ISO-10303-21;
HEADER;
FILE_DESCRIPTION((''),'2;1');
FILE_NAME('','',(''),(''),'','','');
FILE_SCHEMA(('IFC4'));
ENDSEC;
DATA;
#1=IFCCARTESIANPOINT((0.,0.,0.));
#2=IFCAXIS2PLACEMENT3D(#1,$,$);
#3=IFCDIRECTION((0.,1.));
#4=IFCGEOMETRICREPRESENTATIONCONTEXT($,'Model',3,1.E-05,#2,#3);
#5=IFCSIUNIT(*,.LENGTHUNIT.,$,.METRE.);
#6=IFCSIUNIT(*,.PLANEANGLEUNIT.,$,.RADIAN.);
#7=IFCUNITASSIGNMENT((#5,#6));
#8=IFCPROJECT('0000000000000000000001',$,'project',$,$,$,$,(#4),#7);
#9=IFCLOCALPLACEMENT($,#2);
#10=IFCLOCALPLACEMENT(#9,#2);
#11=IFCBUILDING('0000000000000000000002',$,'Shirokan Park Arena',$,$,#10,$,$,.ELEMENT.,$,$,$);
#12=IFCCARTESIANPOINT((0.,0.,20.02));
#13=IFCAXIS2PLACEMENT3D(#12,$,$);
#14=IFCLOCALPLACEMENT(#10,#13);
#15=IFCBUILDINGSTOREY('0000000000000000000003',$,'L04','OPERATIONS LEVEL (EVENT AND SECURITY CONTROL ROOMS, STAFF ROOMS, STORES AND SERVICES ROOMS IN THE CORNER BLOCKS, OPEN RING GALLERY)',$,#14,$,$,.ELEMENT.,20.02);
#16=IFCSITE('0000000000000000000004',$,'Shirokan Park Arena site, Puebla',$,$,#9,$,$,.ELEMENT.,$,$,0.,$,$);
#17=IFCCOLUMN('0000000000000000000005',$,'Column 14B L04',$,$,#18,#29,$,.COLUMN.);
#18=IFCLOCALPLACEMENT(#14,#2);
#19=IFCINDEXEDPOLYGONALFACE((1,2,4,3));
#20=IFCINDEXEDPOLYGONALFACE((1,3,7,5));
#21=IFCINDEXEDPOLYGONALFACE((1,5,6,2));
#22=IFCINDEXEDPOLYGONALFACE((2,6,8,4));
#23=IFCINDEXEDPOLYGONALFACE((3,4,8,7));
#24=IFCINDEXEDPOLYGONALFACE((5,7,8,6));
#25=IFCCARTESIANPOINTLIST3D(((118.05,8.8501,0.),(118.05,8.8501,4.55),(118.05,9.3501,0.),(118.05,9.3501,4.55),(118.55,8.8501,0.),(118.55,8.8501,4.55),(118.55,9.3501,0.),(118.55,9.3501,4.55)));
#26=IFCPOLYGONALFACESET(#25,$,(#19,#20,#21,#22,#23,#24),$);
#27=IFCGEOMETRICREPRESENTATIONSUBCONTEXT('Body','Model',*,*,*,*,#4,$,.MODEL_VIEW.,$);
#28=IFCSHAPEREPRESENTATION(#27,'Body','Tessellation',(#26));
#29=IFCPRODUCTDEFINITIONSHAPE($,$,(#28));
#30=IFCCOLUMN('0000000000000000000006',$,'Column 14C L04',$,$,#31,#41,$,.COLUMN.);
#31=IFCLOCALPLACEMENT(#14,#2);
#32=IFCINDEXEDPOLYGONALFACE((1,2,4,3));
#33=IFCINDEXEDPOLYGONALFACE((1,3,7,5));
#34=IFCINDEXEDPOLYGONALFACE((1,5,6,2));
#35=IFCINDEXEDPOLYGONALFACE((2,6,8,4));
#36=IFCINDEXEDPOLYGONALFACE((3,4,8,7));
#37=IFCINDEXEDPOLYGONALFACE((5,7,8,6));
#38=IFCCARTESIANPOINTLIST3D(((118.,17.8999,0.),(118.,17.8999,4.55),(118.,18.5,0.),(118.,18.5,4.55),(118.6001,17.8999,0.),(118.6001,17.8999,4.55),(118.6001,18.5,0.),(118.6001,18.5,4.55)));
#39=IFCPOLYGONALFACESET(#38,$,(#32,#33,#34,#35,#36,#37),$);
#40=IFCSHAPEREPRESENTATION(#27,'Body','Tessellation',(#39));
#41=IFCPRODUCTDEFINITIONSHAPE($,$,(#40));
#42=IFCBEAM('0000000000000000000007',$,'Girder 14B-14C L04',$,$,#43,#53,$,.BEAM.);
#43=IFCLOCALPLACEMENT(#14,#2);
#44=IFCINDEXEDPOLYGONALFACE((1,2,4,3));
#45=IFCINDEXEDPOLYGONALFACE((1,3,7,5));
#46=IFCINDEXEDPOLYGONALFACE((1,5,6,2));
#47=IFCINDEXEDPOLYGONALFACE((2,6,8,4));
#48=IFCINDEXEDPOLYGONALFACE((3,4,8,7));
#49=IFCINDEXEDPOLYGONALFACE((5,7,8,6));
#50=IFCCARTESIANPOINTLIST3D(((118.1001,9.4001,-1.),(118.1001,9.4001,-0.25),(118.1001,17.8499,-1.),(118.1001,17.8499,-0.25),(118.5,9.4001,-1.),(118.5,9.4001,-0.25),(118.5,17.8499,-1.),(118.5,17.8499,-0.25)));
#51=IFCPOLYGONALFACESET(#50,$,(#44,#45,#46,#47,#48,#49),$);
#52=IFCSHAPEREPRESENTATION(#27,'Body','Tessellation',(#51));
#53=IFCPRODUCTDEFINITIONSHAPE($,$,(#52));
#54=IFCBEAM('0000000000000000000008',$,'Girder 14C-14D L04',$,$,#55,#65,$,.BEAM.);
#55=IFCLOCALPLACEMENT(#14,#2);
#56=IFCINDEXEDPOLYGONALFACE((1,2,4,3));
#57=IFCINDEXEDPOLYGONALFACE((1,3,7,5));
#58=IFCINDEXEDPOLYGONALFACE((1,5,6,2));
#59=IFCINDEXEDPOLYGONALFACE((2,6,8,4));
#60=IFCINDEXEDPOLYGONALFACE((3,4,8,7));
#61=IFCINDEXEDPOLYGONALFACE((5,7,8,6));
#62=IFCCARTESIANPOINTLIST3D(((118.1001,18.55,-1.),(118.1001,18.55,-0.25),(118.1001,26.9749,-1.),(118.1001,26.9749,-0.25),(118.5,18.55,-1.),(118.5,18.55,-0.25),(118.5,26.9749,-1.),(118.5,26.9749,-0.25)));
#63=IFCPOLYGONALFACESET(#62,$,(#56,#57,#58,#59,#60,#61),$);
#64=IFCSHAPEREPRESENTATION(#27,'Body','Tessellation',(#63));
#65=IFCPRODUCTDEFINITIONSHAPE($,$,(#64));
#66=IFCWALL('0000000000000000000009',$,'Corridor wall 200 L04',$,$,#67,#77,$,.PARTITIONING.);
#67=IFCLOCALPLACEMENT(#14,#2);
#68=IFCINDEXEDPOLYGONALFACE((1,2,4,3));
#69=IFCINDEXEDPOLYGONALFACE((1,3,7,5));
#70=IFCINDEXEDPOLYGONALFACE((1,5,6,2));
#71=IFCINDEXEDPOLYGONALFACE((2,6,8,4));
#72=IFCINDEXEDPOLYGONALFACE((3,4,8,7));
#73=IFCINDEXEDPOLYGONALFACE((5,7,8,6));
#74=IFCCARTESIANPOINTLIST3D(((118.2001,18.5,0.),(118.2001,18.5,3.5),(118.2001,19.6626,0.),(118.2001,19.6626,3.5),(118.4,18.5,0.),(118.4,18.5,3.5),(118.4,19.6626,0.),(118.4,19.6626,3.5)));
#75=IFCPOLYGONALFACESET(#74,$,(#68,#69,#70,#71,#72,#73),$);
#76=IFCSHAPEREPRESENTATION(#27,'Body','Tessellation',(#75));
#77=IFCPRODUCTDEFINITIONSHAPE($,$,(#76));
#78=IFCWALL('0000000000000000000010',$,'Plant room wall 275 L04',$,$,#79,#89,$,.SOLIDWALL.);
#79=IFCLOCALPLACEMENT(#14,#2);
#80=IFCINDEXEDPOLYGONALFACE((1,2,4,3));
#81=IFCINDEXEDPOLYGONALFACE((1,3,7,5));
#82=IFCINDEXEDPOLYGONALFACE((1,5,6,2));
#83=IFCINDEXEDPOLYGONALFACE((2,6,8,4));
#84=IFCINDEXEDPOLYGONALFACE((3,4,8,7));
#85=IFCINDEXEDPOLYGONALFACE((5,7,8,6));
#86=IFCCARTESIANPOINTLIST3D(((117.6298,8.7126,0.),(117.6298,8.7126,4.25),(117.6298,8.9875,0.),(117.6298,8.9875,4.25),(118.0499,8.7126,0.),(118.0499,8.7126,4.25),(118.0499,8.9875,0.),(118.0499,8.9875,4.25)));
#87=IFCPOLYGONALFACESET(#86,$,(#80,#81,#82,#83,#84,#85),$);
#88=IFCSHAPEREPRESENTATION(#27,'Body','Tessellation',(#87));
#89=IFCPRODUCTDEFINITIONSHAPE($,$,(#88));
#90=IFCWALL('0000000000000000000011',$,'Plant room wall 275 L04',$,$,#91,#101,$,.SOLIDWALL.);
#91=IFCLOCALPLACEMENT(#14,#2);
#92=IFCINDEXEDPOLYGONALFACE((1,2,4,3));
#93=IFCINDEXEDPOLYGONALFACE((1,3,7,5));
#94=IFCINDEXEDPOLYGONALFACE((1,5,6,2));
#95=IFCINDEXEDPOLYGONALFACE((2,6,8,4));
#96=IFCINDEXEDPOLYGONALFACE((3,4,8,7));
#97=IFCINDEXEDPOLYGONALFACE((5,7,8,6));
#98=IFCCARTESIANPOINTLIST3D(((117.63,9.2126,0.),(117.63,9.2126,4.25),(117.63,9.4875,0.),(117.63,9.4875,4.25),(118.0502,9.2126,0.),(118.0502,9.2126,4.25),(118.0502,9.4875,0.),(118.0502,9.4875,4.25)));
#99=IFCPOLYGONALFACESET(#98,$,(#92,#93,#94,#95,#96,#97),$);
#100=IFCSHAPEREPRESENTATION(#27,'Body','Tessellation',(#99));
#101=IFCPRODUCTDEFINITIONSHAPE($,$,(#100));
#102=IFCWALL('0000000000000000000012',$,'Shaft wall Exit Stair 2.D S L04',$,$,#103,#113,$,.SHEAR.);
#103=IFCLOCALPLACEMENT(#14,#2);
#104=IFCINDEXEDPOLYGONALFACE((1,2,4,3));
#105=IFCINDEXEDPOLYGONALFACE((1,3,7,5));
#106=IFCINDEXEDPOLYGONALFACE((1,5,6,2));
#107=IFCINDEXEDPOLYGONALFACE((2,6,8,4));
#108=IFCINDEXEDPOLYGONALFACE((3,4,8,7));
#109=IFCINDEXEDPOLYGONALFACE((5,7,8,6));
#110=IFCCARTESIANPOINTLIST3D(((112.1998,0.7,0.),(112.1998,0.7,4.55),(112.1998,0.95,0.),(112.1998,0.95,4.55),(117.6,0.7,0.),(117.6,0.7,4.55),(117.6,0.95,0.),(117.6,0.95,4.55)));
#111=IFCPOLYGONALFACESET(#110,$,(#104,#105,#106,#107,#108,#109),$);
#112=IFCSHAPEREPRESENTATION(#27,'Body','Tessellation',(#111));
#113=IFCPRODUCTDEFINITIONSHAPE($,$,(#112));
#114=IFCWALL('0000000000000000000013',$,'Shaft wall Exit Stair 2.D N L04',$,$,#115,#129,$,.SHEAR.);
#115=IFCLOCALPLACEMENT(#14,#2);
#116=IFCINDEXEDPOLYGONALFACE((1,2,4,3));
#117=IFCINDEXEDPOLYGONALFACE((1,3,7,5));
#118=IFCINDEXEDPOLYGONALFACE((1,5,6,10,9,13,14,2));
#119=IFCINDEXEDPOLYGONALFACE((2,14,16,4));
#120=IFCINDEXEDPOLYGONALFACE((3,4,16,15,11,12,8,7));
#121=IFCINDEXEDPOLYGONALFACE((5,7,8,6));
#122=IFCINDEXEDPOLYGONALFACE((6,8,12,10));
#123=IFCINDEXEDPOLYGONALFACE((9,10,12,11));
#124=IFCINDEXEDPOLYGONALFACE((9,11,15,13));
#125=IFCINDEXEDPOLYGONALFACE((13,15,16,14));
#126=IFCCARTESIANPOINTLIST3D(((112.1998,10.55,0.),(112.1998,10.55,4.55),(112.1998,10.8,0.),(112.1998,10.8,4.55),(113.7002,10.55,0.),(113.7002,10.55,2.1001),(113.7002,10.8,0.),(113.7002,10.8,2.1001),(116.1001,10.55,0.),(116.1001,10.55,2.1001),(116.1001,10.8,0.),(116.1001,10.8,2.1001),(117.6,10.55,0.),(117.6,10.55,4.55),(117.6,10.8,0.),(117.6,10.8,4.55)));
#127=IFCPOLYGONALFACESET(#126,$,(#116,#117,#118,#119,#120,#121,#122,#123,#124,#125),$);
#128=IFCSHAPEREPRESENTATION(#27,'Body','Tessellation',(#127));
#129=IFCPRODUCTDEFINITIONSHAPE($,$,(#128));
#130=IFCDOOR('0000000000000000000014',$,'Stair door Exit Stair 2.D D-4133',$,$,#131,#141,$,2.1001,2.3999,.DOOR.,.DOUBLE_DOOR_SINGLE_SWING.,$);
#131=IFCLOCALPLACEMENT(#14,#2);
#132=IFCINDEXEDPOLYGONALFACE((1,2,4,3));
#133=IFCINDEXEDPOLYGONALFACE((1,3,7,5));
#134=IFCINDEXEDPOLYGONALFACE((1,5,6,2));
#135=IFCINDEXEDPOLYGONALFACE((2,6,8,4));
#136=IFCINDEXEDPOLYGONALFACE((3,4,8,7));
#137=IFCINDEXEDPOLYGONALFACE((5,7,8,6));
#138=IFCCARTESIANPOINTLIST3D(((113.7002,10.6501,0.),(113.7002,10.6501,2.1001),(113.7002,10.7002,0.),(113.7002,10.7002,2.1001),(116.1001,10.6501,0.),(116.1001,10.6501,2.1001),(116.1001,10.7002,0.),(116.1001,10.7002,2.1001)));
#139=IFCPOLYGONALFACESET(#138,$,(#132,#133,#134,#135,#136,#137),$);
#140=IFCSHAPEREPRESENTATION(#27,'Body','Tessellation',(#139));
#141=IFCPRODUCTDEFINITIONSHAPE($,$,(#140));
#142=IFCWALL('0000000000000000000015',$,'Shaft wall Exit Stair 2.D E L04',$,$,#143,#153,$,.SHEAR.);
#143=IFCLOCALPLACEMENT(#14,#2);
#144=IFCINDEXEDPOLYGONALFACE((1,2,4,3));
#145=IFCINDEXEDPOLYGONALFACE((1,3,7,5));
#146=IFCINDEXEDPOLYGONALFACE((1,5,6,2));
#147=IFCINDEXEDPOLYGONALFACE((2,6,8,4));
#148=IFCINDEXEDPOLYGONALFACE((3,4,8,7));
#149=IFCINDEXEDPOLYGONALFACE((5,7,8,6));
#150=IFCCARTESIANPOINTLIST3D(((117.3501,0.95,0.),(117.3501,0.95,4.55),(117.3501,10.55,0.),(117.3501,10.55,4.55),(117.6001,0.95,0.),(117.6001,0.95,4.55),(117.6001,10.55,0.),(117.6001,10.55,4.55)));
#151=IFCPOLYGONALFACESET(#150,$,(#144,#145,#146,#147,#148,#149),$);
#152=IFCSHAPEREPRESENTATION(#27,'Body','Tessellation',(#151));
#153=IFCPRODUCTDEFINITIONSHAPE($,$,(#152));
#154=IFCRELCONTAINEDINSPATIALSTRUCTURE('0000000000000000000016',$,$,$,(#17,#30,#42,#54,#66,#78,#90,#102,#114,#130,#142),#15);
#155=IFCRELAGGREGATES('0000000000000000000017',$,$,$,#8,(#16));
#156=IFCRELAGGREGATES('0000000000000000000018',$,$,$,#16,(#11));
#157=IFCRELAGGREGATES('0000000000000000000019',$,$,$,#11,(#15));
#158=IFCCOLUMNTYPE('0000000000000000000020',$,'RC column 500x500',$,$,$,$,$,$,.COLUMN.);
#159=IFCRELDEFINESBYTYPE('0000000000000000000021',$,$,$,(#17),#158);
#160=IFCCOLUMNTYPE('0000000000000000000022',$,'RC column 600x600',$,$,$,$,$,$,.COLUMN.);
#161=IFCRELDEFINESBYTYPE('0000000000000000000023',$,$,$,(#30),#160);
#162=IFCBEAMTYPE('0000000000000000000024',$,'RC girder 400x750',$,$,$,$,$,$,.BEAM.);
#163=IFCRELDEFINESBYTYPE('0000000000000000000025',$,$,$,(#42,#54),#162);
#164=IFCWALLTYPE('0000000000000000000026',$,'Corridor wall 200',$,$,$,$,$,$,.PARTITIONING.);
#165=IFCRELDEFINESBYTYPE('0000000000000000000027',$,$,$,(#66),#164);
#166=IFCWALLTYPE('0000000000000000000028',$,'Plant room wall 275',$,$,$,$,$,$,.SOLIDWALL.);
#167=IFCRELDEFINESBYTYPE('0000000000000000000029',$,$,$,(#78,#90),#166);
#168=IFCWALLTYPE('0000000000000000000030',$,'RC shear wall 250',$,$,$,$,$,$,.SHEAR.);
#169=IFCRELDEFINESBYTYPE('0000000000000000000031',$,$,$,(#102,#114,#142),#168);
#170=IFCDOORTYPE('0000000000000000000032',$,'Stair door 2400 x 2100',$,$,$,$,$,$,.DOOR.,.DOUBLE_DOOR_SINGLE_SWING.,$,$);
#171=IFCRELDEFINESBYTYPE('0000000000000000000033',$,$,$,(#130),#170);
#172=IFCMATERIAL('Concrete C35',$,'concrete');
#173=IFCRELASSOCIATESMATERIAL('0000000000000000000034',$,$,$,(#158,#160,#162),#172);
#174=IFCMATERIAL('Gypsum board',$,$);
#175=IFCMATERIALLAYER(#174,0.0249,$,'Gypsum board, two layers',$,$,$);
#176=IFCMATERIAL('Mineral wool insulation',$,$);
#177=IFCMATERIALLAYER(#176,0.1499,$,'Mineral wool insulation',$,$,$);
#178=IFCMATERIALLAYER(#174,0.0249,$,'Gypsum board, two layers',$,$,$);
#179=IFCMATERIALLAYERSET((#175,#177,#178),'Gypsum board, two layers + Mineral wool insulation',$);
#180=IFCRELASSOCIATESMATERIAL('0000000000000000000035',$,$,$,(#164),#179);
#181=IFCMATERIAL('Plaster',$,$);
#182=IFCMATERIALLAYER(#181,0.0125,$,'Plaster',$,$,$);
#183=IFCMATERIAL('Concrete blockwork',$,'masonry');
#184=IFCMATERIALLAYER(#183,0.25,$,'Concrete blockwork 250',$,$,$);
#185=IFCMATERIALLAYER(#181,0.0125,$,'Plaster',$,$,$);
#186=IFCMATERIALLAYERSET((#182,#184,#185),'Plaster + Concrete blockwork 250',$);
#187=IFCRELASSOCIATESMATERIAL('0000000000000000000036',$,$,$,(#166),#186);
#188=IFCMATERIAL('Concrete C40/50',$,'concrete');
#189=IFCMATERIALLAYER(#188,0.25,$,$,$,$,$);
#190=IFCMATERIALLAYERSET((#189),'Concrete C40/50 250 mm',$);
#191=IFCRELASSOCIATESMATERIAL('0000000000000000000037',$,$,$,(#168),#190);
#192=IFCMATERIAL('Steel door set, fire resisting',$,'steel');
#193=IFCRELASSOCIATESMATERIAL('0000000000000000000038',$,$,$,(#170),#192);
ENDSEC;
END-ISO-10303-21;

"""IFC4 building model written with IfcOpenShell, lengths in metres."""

from ifc_helpers import new_model, si_unit, direction, frame, frame_2d, origin, origin_2d, place, context, subcontext, project, spatial, rectangle, extrude, material, layer, layer_set, material_profile, profile_set, type_object, element, fill, save


model = new_model("IFC4")

# Units and contexts
model_context = context("Model", 3, precision=1e-05, world=origin(), true_north=direction((0.0, 1.0)))
body_context = subcontext(model_context, "Body", "Model", "MODEL_VIEW")
ifc_project = project(units=[si_unit("LENGTHUNIT", "METRE"), si_unit("PLANEANGLEUNIT", "RADIAN")], contexts=[model_context])

# Site, building, storey
site_placement = place(None, origin())
site = spatial("IfcSite", under=ifc_project, at=site_placement, Name="Shirokan Park Arena site, Puebla", CompositionType="ELEMENT", RefElevation=0.0)
building_placement = place(site_placement, origin())
building = spatial("IfcBuilding", under=site, at=building_placement, Name="Shirokan Park Arena", CompositionType="ELEMENT")
storey_placement = place(building_placement, frame((0.0, 0.0, 20.02)))
storey = spatial("IfcBuildingStorey", under=building, at=storey_placement, Name="L04", Description="OPERATIONS LEVEL (EVENT AND SECURITY CONTROL ROOMS, STAFF ROOMS, STORES AND SERVICES ROOMS IN THE CORNER BLOCKS, OPEN RING GALLERY)", CompositionType="ELEMENT", Elevation=20.02)

# Columns
ifc_material_1 = material(Name="Concrete C35", Category="concrete")
ifc_material_profile_1 = material_profile(ifc_material_1, rectangle(XDim=0.5, YDim=0.5, at=origin_2d()), Name="500x500")
ifc_profile_set_1 = profile_set([ifc_material_profile_1], Name="Concrete C35")
column_type_1 = type_object("IfcColumnType", Name="RC column 500x500", PredefinedType="COLUMN", material=ifc_profile_set_1)
column_1_placement = place(storey_placement, frame((118.3, 9.1001, 0.0), z_axis=(0.0, 0.0, 1.0), x_axis=(1.0, 0.0, 0.0)))
element("IfcColumn", 1, at=column_1_placement, inside=storey, type_object=column_type_1, Name="Column 14B L04", PredefinedType="COLUMN", context=body_context, shape_type="SweptSolid", body=[
    extrude(rectangle(XDim=0.5, YDim=0.5, at=origin_2d()), origin(), (0.0, 0.0, 1.0), 4.55),
])
ifc_material_profile_2 = material_profile(ifc_material_1, rectangle(XDim=0.6001, YDim=0.6001, at=origin_2d()), Name="600x600")
ifc_profile_set_2 = profile_set([ifc_material_profile_2], Name="Concrete C35")
column_type_2 = type_object("IfcColumnType", Name="RC column 600x600", PredefinedType="COLUMN", material=ifc_profile_set_2)
column_2_placement = place(storey_placement, frame((118.3, 18.2, 0.0), z_axis=(0.0, 0.0, 1.0), x_axis=(1.0, 0.0, 0.0)))
element("IfcColumn", 2, at=column_2_placement, inside=storey, type_object=column_type_2, Name="Column 14C L04", PredefinedType="COLUMN", context=body_context, shape_type="SweptSolid", body=[
    extrude(rectangle(XDim=0.6001, YDim=0.6001, at=origin_2d()), origin(), (0.0, 0.0, 1.0), 4.55),
])

# Beams
ifc_material_profile_3 = material_profile(ifc_material_1, rectangle(XDim=0.3999, YDim=0.75, at=origin_2d()), Name="400x750")
ifc_profile_set_3 = profile_set([ifc_material_profile_3], Name="Concrete C35")
beam_type = type_object("IfcBeamType", Name="RC girder 400x750", PredefinedType="BEAM", material=ifc_profile_set_3)
beam_1_placement = place(storey_placement, frame((118.3, 9.4001, -0.625), z_axis=(0.0, 1.0, 0.0), x_axis=(-1.0, 0.0, 0.0)))
element("IfcBeam", 3, at=beam_1_placement, inside=storey, type_object=beam_type, Name="Girder 14B-14C L04", PredefinedType="BEAM", context=body_context, shape_type="SweptSolid", body=[
    extrude(rectangle(XDim=0.3999, YDim=0.75, at=origin_2d()), origin(), (0.0, 0.0, 1.0), 8.4497),
])
beam_2_placement = place(storey_placement, frame((118.3, 18.55, -0.625), z_axis=(0.0, 1.0, 0.0), x_axis=(-1.0, 0.0, 0.0)))
element("IfcBeam", 4, at=beam_2_placement, inside=storey, type_object=beam_type, Name="Girder 14C-14D L04", PredefinedType="BEAM", context=body_context, shape_type="SweptSolid", body=[
    extrude(rectangle(XDim=0.3999, YDim=0.75, at=origin_2d()), origin(), (0.0, 0.0, 1.0), 8.4248),
])

# Shared definitions
ifc_material_2 = material(Name="Gypsum board")
ifc_layer_1 = layer(ifc_material_2, 0.0249, Name="Gypsum board, two layers")
ifc_material_3 = material(Name="Mineral wool insulation")
ifc_layer_2 = layer(ifc_material_3, 0.1499, Name="Mineral wool insulation")
ifc_layer_3 = layer(ifc_material_2, 0.0249, Name="Gypsum board, two layers")
ifc_layer_set_1 = layer_set([ifc_layer_1, ifc_layer_2, ifc_layer_3], Name="Gypsum board, two layers + Mineral wool insulation")
wall_type_1 = type_object("IfcWallType", Name="Corridor wall 200", PredefinedType="PARTITIONING", material=ifc_layer_set_1)

# Wall
wall_1_placement = place(storey_placement, frame((118.3, 18.5, 0.0), z_axis=(0.0, 0.0, 1.0), x_axis=(0.0, 1.0, 0.0)))
element("IfcWall", 5, at=wall_1_placement, inside=storey, type_object=wall_type_1, Name="Corridor wall 200 L04", PredefinedType="PARTITIONING", context=body_context, shape_type="SweptSolid", body=[
    extrude(rectangle(XDim=1.1626, YDim=0.2, at=frame_2d((0.5813, 0.0))), origin(), (0.0, 0.0, 1.0), 3.5),
])

# Shared definitions
ifc_material_4 = material(Name="Plaster")
ifc_layer_4 = layer(ifc_material_4, 0.0125, Name="Plaster")
ifc_material_5 = material(Name="Concrete blockwork", Category="masonry")
ifc_layer_5 = layer(ifc_material_5, 0.25, Name="Concrete blockwork 250")
ifc_layer_6 = layer(ifc_material_4, 0.0125, Name="Plaster")
ifc_layer_set_2 = layer_set([ifc_layer_4, ifc_layer_5, ifc_layer_6], Name="Plaster + Concrete blockwork 250")
wall_type_2 = type_object("IfcWallType", Name="Plant room wall 275", PredefinedType="SOLIDWALL", material=ifc_layer_set_2)

# Walls
for number, where, z_axis, x_axis, name in (
    (6, (117.6299, 8.8501, 0.0), (0.0, 0.0, 1.0), (1.0, 0.0, 0.0), "Plant room wall 275 L04"),
    (7, (118.05, 9.3501, 0.0), (0.0, 0.0, 1.0), (-1.0, 0.0, 0.0), "Plant room wall 275 L04"),
):
    element("IfcWall", number, at=place(storey_placement, frame(where, z_axis=z_axis, x_axis=x_axis)), inside=storey, type_object=wall_type_2, Name=name, PredefinedType="SOLIDWALL", context=body_context, shape_type="SweptSolid", body=[
        extrude(rectangle(XDim=0.4202, YDim=0.2749, at=frame_2d((0.21, 0.0))), origin(), (0.0, 0.0, 1.0), 4.25),
    ])

# Wall
ifc_material_6 = material(Name="Concrete C40/50", Category="concrete")
ifc_layer_7 = layer(ifc_material_6, 0.25)
ifc_layer_set_3 = layer_set([ifc_layer_7], Name="Concrete C40/50 250 mm")
wall_type_3 = type_object("IfcWallType", Name="RC shear wall 250", PredefinedType="SHEAR", material=ifc_layer_set_3)
wall_2_placement = place(storey_placement, frame((117.6001, 0.825, 0.0), z_axis=(0.0, 0.0, 1.0), x_axis=(-1.0, 0.0, 0.0)))
element("IfcWall", 8, at=wall_2_placement, inside=storey, type_object=wall_type_3, Name="Shaft wall Exit Stair 2.D S L04", PredefinedType="SHEAR", context=body_context, shape_type="SweptSolid", body=[
    extrude(rectangle(XDim=5.4001, YDim=0.25, at=frame_2d((2.7002, 0.0))), origin(), (0.0, 0.0, 1.0), 4.55),
])

# Wall, opening, door
wall_3_placement = place(storey_placement, frame((117.6001, 10.675, 0.0), z_axis=(0.0, 0.0, 1.0), x_axis=(-1.0, 0.0, 0.0)))
wall_3 = element("IfcWall", 9, at=wall_3_placement, inside=storey, type_object=wall_type_3, Name="Shaft wall Exit Stair 2.D N L04", PredefinedType="SHEAR", context=body_context, shape_type="SweptSolid", body=[
    extrude(rectangle(XDim=5.4001, YDim=0.25, at=frame_2d((2.7002, 0.0))), origin(), (0.0, 0.0, 1.0), 4.55),
])
opening_1_placement = place(wall_3_placement, frame((1.5, 0.0, 0.0)))
opening_1 = element("IfcOpeningElement", 10, at=opening_1_placement, cuts=wall_3, PredefinedType="OPENING", context=body_context, shape_type="SweptSolid", body=[
    extrude(rectangle(XDim=2.3999, YDim=2.1001, at=frame_2d((1.2, 1.05))), frame((0.0, 0.135, 0.0), z_axis=(0.0, -1.0, 0.0), x_axis=(1.0, 0.0, 0.0)), (0.0, 0.0, 1.0), 0.27),
])
ifc_material_7 = material(Name="Steel door set, fire resisting", Category="steel")
door_type_1 = type_object("IfcDoorType", Name="Stair door 2400 x 2100", OperationType="DOUBLE_DOOR_SINGLE_SWING", PredefinedType="DOOR", material=ifc_material_7)
door_1_placement = place(opening_1_placement, origin())
door_1 = element("IfcDoor", 11, at=door_1_placement, inside=storey, type_object=door_type_1, Name="Stair door Exit Stair 2.D D-4133", OperationType="DOUBLE_DOOR_SINGLE_SWING", OverallHeight=2.1001, OverallWidth=2.3999, PredefinedType="DOOR", context=body_context, shape_type="SweptSolid", body=[
    extrude(rectangle(XDim=2.3999, YDim=2.1001, at=frame_2d((1.2, 1.05))), frame((0.0, 0.0249, 0.0), z_axis=(0.0, -1.0, 0.0), x_axis=(1.0, 0.0, 0.0)), (0.0, 0.0, 1.0), 0.05),
])
fill(opening_1, door_1)

# Wall
wall_4_placement = place(storey_placement, frame((117.4751, 10.55, 0.0), z_axis=(0.0, 0.0, 1.0), x_axis=(0.0, -1.0, 0.0)))
element("IfcWall", 12, at=wall_4_placement, inside=storey, type_object=wall_type_3, Name="Shaft wall Exit Stair 2.D E L04", PredefinedType="SHEAR", context=body_context, shape_type="SweptSolid", body=[
    extrude(rectangle(XDim=9.6001, YDim=0.25, at=frame_2d((4.8, 0.0))), origin(), (0.0, 0.0, 1.0), 4.55),
])

save(model, "model.ifc")
